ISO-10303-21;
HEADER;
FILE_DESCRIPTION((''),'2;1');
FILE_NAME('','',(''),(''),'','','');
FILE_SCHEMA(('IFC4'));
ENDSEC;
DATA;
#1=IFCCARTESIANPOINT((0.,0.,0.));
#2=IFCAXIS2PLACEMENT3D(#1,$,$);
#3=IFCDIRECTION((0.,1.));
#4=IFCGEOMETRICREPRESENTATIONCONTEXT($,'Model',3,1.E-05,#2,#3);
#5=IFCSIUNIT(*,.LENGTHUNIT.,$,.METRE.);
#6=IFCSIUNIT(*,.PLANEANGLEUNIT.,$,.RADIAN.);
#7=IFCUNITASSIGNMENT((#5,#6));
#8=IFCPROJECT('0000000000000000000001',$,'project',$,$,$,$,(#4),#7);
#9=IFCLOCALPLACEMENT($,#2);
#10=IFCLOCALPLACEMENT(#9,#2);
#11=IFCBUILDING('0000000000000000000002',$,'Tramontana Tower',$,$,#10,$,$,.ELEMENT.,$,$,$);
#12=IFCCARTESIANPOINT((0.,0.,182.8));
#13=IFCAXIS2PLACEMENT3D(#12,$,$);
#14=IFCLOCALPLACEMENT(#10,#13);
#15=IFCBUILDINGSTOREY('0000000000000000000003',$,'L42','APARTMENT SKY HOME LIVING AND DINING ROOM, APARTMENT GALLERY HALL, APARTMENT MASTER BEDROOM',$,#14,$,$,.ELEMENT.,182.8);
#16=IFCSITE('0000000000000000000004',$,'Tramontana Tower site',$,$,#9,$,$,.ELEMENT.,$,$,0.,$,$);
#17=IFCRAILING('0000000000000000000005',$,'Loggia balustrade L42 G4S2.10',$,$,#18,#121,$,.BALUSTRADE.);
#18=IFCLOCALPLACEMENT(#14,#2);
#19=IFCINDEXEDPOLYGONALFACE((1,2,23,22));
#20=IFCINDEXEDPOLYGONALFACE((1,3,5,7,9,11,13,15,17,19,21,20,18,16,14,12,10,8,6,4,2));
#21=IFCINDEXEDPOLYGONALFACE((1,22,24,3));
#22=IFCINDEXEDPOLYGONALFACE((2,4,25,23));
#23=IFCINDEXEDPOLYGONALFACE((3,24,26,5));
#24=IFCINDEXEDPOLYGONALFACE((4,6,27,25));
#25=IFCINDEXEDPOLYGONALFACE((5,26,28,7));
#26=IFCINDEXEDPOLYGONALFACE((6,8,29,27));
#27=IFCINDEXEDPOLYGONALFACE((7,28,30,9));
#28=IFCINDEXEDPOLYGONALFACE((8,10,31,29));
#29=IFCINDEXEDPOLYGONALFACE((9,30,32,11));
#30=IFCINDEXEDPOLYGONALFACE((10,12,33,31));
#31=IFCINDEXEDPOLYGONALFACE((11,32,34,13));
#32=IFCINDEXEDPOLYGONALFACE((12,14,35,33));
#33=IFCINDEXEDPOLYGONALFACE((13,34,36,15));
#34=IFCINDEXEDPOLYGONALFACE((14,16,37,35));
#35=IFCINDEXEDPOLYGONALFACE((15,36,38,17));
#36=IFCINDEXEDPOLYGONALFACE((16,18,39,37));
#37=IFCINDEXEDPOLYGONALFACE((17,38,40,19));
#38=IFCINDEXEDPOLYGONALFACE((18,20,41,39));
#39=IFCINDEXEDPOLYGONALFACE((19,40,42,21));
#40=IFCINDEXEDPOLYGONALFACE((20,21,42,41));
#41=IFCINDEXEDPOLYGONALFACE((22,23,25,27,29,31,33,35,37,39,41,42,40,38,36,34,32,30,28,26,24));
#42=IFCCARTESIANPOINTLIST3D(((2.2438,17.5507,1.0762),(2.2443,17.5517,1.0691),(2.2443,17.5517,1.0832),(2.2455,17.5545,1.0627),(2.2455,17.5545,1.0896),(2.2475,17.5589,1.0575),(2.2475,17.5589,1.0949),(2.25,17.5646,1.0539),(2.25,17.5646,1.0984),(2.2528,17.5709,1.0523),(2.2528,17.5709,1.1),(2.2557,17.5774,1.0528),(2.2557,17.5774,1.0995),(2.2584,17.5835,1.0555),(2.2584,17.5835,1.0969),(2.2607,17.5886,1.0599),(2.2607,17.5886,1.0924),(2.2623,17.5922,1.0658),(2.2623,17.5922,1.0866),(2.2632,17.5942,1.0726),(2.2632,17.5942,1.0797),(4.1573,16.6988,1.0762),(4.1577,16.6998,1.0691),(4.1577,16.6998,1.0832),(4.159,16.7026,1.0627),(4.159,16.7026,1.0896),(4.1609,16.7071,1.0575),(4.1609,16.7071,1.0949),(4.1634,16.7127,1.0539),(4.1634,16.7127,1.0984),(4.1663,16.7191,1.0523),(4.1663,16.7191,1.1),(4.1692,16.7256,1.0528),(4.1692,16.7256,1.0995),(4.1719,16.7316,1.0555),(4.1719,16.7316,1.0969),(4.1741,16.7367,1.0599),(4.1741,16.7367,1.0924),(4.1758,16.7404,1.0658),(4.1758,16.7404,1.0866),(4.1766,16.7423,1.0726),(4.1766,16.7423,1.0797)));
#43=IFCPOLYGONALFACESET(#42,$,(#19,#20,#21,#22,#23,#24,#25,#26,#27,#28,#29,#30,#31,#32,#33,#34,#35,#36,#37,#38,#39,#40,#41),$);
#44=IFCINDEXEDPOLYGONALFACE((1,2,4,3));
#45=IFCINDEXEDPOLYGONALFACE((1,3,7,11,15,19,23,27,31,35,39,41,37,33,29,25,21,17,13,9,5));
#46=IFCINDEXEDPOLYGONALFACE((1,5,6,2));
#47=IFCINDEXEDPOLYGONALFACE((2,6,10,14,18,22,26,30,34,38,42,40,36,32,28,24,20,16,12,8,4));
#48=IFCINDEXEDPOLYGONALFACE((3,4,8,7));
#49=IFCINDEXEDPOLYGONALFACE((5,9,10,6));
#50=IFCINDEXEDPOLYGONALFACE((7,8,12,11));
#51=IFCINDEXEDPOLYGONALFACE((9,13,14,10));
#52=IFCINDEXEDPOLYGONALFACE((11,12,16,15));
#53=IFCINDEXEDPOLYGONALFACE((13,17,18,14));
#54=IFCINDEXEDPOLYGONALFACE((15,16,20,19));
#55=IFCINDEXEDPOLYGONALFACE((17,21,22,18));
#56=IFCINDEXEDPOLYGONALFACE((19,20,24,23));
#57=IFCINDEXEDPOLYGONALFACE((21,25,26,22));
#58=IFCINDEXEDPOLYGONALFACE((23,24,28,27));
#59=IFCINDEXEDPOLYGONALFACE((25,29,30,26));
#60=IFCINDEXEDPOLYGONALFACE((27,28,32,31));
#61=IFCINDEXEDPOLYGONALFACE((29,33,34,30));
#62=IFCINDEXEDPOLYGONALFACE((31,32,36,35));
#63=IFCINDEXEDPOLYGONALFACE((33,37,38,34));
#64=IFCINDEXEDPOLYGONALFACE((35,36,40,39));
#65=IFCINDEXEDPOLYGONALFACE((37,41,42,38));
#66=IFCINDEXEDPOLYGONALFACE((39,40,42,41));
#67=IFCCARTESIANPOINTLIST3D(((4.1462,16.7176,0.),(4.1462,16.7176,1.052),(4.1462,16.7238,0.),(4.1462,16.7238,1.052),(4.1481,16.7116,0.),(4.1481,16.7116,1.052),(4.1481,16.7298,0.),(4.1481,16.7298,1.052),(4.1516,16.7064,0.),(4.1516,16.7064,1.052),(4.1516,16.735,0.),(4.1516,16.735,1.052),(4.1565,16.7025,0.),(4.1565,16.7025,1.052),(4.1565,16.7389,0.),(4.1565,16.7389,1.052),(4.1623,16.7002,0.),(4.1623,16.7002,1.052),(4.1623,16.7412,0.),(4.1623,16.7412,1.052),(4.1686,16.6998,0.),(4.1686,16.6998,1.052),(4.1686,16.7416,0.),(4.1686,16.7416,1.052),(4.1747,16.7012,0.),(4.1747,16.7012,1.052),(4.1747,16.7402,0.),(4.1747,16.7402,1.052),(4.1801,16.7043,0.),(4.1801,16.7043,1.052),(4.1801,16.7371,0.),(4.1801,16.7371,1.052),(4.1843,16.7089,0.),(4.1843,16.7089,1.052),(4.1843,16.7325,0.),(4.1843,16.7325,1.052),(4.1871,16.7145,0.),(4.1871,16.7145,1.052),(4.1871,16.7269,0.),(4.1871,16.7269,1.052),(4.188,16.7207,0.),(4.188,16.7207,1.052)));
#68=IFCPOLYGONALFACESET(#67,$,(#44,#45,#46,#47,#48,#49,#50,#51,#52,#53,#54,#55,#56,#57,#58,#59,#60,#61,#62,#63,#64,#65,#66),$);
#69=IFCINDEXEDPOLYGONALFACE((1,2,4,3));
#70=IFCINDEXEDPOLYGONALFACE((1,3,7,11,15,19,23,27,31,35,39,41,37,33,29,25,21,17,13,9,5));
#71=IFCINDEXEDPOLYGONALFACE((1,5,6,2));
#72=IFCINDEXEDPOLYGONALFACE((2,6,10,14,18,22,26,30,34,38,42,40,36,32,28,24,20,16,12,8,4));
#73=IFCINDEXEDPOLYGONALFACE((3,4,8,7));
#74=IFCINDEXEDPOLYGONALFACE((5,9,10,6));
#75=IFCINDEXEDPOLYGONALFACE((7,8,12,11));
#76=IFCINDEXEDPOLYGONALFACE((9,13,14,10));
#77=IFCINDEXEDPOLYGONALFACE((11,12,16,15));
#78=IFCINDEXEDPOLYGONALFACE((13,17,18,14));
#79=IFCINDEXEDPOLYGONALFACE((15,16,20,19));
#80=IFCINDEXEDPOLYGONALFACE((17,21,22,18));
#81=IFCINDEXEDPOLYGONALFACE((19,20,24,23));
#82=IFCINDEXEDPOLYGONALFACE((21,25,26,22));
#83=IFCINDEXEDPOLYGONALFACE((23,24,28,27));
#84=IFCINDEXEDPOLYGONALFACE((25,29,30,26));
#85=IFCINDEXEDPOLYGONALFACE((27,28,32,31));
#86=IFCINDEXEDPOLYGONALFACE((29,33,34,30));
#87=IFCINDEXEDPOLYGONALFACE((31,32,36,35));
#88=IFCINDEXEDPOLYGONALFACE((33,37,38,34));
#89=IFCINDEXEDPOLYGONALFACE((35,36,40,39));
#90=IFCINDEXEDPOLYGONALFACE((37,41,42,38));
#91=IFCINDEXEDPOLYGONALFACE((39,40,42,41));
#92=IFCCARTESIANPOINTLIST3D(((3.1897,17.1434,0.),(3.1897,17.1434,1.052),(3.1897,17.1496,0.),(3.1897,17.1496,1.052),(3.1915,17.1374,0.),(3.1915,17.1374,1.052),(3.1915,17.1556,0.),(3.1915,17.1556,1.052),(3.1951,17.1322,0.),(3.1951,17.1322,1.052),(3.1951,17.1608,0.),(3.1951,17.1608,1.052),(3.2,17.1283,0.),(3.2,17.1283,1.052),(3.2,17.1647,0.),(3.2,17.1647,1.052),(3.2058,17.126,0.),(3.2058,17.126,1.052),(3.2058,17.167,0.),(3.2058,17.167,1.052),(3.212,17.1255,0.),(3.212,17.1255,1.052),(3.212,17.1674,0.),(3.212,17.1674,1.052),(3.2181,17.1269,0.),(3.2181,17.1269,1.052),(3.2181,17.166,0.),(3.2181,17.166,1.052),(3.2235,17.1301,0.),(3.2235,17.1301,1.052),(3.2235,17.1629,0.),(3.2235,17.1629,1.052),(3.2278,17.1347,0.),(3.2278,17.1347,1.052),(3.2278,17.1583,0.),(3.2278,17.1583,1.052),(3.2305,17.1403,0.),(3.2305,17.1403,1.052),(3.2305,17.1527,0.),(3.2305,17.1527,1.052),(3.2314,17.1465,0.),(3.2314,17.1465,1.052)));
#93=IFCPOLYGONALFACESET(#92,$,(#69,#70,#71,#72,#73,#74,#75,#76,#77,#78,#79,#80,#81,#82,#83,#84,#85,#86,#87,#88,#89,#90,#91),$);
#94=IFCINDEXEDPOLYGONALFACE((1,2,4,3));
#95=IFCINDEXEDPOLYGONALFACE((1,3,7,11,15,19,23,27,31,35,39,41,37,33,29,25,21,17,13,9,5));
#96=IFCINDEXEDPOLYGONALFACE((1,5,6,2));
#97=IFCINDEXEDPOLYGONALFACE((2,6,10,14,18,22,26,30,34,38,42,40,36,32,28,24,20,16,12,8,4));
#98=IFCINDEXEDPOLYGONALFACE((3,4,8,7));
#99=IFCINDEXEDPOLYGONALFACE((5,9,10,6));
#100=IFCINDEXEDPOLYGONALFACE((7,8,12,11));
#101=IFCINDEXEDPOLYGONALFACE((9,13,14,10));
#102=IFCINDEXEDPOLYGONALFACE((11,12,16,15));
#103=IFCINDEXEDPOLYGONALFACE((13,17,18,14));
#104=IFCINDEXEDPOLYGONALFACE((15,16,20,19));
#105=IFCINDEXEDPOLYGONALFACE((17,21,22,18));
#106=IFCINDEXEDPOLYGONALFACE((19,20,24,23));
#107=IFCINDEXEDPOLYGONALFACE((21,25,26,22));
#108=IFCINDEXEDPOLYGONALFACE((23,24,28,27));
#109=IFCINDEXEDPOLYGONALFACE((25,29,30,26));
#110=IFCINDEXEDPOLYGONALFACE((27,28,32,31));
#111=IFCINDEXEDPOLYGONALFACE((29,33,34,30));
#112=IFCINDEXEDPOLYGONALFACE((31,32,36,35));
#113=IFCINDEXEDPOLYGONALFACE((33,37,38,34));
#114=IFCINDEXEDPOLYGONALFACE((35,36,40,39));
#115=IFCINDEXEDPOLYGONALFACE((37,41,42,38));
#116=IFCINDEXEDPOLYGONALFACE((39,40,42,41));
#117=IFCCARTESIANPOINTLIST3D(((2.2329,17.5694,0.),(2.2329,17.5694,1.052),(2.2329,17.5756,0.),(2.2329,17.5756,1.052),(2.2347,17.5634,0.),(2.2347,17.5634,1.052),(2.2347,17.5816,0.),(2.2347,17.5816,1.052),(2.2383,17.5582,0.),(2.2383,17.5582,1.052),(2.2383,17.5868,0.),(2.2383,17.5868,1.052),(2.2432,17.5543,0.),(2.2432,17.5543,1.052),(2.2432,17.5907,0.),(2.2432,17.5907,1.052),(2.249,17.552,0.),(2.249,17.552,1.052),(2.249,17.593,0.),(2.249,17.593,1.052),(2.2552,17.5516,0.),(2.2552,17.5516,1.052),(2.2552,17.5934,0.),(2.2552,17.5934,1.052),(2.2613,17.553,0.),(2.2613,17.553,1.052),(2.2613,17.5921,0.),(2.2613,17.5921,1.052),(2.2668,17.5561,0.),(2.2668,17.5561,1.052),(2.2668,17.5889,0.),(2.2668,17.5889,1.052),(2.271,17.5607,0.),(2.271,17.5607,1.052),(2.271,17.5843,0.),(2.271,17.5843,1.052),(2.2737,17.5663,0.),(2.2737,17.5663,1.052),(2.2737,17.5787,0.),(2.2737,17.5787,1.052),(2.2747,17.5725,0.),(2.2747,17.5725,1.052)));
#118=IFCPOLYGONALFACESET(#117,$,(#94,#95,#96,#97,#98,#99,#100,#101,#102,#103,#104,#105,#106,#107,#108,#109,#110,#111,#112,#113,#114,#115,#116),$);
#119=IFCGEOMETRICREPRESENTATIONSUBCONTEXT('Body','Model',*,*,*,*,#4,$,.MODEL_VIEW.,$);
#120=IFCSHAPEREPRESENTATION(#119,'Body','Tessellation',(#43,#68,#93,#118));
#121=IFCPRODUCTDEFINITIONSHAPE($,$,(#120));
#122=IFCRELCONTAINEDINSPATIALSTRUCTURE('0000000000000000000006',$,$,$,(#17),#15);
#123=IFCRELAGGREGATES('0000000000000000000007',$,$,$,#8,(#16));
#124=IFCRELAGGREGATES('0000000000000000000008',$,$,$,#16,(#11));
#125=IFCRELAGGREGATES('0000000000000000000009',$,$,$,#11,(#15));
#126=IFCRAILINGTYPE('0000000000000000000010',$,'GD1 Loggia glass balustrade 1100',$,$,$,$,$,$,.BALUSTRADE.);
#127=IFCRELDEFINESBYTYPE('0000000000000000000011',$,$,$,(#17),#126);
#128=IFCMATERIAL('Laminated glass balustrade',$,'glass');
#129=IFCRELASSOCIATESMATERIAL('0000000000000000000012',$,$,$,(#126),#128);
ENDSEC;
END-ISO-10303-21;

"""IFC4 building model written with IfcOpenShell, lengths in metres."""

from ifc_helpers import new_model, si_unit, direction, frame, origin, origin_2d, place, context, subcontext, project, spatial, circle, extrude, material, type_object, element, save


model = new_model("IFC4")

# Units and contexts
model_context = context("Model", 3, precision=1e-05, world=origin(), true_north=direction((0.0, 1.0)))
body_context = subcontext(model_context, "Body", "Model", "MODEL_VIEW")
ifc_project = project(units=[si_unit("LENGTHUNIT", "METRE"), si_unit("PLANEANGLEUNIT", "RADIAN")], contexts=[model_context])

# Site, building, storey
site_placement = place(None, origin())
site = spatial("IfcSite", under=ifc_project, at=site_placement, Name="Tramontana Tower site", CompositionType="ELEMENT", RefElevation=0.0)
building_placement = place(site_placement, origin())
building = spatial("IfcBuilding", under=site, at=building_placement, Name="Tramontana Tower", CompositionType="ELEMENT")
storey_placement = place(building_placement, frame((0.0, 0.0, 182.8)))
storey = spatial("IfcBuildingStorey", under=building, at=storey_placement, Name="L42", Description="APARTMENT SKY HOME LIVING AND DINING ROOM, APARTMENT GALLERY HALL, APARTMENT MASTER BEDROOM", CompositionType="ELEMENT", Elevation=182.8)

# Railing
ifc_material_1 = material(Name="Laminated glass balustrade", Category="glass")
railing_type = type_object("IfcRailingType", Name="GD1 Loggia glass balustrade 1100", PredefinedType="BALUSTRADE", material=ifc_material_1)
railing_placement = place(storey_placement, frame((4.167, 16.7207, 0.0)))
element("IfcRailing", 1, at=railing_placement, inside=storey, type_object=railing_type, Name="Loggia balustrade L42 G4S2.10", PredefinedType="BALUSTRADE", context=body_context, shape_type="SweptSolid", body=[
    extrude(circle(Radius=0.0239, at=origin_2d()), frame((0.0, 0.0, 1.0762), z_axis=(-0.913557, 0.406712, 0.0), x_axis=(-0.406712, -0.913557, 0.0)), (0.0, 0.0, 1.0), 2.0945),
    extrude(circle(Radius=0.021, at=origin_2d()), origin(), (0.0, 0.0, 1.0), 1.052),
    extrude(circle(Radius=0.021, at=origin_2d()), frame((-0.9565, 0.4258, 0.0)), (0.0, 0.0, 1.0), 1.052),
    extrude(circle(Radius=0.021, at=origin_2d()), frame((-1.9133, 0.8518, 0.0)), (0.0, 0.0, 1.0), 1.052),
])

save(model, "model.ifc")
